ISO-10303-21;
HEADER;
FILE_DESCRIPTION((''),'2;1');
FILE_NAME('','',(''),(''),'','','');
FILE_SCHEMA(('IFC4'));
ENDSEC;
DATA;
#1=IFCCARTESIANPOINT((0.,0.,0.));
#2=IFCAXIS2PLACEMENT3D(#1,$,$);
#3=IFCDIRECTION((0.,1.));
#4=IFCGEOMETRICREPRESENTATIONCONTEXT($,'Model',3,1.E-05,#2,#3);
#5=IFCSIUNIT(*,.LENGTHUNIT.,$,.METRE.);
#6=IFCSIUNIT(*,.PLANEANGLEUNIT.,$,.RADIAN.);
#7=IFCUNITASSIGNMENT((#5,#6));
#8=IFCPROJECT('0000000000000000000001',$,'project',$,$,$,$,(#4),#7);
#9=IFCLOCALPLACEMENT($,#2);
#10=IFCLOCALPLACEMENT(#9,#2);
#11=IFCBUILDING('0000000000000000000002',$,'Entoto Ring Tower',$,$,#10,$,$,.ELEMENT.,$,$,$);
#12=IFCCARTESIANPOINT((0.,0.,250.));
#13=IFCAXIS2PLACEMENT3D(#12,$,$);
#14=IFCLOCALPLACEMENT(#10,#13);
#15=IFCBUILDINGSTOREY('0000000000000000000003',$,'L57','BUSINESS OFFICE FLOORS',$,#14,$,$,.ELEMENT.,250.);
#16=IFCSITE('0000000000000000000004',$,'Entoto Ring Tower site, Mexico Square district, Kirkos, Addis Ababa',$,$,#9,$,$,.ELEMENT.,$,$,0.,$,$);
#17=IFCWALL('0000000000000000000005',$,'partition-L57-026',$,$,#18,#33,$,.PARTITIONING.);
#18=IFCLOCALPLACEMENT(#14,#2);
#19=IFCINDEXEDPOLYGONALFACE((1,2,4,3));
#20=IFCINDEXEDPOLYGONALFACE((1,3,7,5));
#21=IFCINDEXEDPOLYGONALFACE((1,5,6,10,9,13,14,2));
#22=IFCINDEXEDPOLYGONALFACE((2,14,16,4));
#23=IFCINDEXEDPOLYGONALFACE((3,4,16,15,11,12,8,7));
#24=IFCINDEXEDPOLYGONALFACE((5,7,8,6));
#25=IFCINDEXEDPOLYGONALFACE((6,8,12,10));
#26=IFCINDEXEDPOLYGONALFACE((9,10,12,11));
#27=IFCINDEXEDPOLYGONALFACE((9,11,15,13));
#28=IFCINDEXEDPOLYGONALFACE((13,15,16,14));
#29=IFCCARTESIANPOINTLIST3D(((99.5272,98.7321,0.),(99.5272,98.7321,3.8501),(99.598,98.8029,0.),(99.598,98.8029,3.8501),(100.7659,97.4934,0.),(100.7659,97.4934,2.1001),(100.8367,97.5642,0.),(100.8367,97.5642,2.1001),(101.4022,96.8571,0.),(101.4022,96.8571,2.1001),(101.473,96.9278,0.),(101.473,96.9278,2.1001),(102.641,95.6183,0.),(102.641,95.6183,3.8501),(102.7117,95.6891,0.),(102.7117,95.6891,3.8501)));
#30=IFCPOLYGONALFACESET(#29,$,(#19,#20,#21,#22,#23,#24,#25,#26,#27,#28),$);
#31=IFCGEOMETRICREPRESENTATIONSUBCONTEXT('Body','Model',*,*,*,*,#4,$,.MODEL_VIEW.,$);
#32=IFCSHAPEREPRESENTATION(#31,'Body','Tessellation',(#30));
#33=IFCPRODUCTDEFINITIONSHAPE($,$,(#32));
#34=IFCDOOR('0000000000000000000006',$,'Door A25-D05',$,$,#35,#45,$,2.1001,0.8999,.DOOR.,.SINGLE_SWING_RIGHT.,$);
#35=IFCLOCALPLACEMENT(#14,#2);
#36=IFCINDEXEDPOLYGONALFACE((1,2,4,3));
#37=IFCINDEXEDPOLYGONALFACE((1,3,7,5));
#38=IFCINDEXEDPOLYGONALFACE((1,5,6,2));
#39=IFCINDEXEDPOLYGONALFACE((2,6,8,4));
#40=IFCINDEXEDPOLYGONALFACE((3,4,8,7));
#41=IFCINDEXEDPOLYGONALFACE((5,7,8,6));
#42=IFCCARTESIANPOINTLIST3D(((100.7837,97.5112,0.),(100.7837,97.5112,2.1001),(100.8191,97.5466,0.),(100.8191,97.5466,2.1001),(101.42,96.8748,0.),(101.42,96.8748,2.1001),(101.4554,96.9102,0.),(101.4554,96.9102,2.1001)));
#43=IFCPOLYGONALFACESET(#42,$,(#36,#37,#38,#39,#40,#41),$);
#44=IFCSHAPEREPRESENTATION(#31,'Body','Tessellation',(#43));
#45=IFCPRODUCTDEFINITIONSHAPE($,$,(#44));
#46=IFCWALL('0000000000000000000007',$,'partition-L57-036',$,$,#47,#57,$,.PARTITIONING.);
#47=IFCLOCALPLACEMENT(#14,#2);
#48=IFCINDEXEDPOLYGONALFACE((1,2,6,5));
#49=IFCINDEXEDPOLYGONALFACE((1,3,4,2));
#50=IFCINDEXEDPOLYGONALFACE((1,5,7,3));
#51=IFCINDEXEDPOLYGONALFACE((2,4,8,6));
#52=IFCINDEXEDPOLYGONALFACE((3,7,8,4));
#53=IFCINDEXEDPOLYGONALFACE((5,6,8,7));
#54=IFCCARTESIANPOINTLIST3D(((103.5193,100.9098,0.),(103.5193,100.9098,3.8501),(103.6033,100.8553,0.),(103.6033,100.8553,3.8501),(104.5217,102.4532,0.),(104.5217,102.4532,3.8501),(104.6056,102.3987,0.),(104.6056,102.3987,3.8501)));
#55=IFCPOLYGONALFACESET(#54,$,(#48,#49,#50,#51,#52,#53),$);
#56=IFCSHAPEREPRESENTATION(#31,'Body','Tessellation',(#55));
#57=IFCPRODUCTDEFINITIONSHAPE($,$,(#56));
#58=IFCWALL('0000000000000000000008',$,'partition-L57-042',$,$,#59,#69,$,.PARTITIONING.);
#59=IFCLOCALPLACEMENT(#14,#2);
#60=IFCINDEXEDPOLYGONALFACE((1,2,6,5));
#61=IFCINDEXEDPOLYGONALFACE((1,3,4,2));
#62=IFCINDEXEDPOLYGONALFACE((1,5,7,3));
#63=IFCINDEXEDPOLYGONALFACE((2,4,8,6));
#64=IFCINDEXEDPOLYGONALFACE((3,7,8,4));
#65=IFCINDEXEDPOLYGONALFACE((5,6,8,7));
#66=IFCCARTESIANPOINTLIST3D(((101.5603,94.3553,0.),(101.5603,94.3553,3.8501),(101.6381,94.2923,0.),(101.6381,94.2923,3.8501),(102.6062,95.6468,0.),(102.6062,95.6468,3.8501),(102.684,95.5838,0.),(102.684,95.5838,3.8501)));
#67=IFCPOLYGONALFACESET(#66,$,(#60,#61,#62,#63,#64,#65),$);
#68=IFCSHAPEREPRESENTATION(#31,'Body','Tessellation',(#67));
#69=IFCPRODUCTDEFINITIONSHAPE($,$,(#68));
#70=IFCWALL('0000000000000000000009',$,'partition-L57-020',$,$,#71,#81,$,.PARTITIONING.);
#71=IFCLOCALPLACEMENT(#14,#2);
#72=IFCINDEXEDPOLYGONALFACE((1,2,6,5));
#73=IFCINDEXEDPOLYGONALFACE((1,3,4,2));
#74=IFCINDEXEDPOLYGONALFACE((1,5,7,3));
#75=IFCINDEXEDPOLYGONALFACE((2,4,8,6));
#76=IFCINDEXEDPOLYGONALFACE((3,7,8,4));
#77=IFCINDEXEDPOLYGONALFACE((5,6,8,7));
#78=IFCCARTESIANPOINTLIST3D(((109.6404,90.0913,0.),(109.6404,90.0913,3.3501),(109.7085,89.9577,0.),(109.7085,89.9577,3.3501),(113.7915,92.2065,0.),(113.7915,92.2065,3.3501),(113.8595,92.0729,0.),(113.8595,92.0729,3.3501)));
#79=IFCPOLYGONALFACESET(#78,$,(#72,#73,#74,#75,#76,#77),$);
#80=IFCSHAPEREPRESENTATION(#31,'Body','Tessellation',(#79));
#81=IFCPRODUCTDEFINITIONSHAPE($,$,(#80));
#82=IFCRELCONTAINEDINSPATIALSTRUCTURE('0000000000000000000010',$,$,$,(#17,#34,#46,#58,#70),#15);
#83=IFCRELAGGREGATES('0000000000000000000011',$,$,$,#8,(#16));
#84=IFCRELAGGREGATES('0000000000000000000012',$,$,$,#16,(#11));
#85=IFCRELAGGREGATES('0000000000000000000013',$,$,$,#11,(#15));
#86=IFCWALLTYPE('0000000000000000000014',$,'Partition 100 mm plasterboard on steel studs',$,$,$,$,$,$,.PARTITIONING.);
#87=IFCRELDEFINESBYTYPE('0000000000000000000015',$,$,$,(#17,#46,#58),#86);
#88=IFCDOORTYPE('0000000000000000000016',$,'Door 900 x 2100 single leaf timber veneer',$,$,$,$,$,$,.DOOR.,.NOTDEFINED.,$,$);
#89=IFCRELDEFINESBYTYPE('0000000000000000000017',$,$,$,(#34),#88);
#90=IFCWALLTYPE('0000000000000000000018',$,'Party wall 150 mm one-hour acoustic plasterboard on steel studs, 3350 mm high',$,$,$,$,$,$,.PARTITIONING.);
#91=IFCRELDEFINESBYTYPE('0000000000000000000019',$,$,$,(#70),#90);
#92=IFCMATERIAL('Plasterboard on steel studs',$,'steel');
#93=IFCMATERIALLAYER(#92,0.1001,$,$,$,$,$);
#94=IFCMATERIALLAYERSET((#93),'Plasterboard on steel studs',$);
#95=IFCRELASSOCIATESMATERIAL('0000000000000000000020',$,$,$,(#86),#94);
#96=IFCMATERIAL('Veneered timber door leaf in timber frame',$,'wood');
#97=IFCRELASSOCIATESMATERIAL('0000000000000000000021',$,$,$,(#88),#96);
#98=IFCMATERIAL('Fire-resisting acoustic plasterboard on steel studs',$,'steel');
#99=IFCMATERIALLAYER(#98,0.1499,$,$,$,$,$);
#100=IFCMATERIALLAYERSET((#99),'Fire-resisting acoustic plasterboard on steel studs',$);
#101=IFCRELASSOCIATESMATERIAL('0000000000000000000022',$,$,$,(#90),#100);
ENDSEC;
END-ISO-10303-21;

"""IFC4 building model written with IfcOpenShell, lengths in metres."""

from ifc_helpers import new_model, si_unit, direction, frame, frame_2d, origin, place, context, subcontext, project, spatial, rectangle, extrude, material, layer, layer_set, type_object, element, fill, save


model = new_model("IFC4")

# Units and contexts
model_context = context("Model", 3, precision=1e-05, world=origin(), true_north=direction((0.0, 1.0)))
body_context = subcontext(model_context, "Body", "Model", "MODEL_VIEW")
ifc_project = project(units=[si_unit("LENGTHUNIT", "METRE"), si_unit("PLANEANGLEUNIT", "RADIAN")], contexts=[model_context])

# Site, building, storey
site_placement = place(None, origin())
site = spatial("IfcSite", under=ifc_project, at=site_placement, Name="Entoto Ring Tower site, Mexico Square district, Kirkos, Addis Ababa", CompositionType="ELEMENT", RefElevation=0.0)
building_placement = place(site_placement, origin())
building = spatial("IfcBuilding", under=site, at=building_placement, Name="Entoto Ring Tower", CompositionType="ELEMENT")
storey_placement = place(building_placement, frame((0.0, 0.0, 250.0)))
storey = spatial("IfcBuildingStorey", under=building, at=storey_placement, Name="L57", Description="BUSINESS OFFICE FLOORS", CompositionType="ELEMENT", Elevation=250.0)

# Wall, opening, door
ifc_material_1 = material(Name="Plasterboard on steel studs", Category="steel")
ifc_layer_1 = layer(ifc_material_1, 0.1001)
ifc_layer_set_1 = layer_set([ifc_layer_1], Name="Plasterboard on steel studs")
wall_type_1 = type_object("IfcWallType", Name="Partition 100 mm plasterboard on steel studs", PredefinedType="PARTITIONING", material=ifc_layer_set_1)
ifc_material_2 = material(Name="Veneered timber door leaf in timber frame", Category="wood")
door_type_1 = type_object("IfcDoorType", Name="Door 900 x 2100 single leaf timber veneer", OperationType="NOTDEFINED", PredefinedType="DOOR", material=ifc_material_2)
wall_1_placement = place(storey_placement, frame((102.6763, 95.6538, 0.0), z_axis=(0.0, 0.0, 1.0), x_axis=(-0.707107, 0.707107, 0.0)))
wall_1 = element("IfcWall", 1, at=wall_1_placement, inside=storey, type_object=wall_type_1, Name="partition-L57-026", PredefinedType="PARTITIONING", context=body_context, shape_type="SweptSolid", body=[
    extrude(rectangle(XDim=4.4036, YDim=0.1001, at=frame_2d((2.2017, 0.0))), origin(), (0.0, 0.0, 1.0), 3.8501),
])
opening_1_placement = place(wall_1_placement, frame((1.7517, 0.0, 0.0)))
opening_1 = element("IfcOpeningElement", 2, at=opening_1_placement, cuts=wall_1, PredefinedType="OPENING", context=body_context, shape_type="SweptSolid", body=[
    extrude(rectangle(XDim=0.8999, YDim=2.1001, at=frame_2d((0.45, 1.05))), frame((0.0, 0.0601, 0.0), z_axis=(0.0, -1.0, 0.0), x_axis=(1.0, 0.0, 0.0)), (0.0, 0.0, 1.0), 0.1201),
])
door_1_placement = place(opening_1_placement, origin())
door_1 = element("IfcDoor", 3, at=door_1_placement, inside=storey, type_object=door_type_1, Name="Door A25-D05", OperationType="SINGLE_SWING_RIGHT", OverallHeight=2.1001, OverallWidth=0.8999, PredefinedType="DOOR", context=body_context, shape_type="SweptSolid", body=[
    extrude(rectangle(XDim=0.8999, YDim=2.1001, at=frame_2d((0.45, 1.05))), frame((0.0, 0.0249, 0.0), z_axis=(0.0, -1.0, 0.0), x_axis=(1.0, 0.0, 0.0)), (0.0, 0.0, 1.0), 0.05),
])
fill(opening_1, door_1)

# Walls
wall_2_placement = place(storey_placement, frame((103.5613, 100.8826, 0.0), z_axis=(0.0, 0.0, 1.0), x_axis=(0.544681, 0.838644, 0.0)))
element("IfcWall", 4, at=wall_2_placement, inside=storey, type_object=wall_type_1, Name="partition-L57-036", PredefinedType="PARTITIONING", context=body_context, shape_type="SweptSolid", body=[
    extrude(rectangle(XDim=1.8403, YDim=0.1001, at=frame_2d((0.9202, 0.0))), origin(), (0.0, 0.0, 1.0), 3.8501),
])
wall_3_placement = place(storey_placement, frame((101.5991, 94.3237, 0.0), z_axis=(0.0, 0.0, 1.0), x_axis=(0.629342, 0.777129, 0.0)))
element("IfcWall", 5, at=wall_3_placement, inside=storey, type_object=wall_type_1, Name="partition-L57-042", PredefinedType="PARTITIONING", context=body_context, shape_type="SweptSolid", body=[
    extrude(rectangle(XDim=1.6619, YDim=0.1001, at=frame_2d((0.8311, 0.0))), origin(), (0.0, 0.0, 1.0), 3.8501),
])
ifc_material_3 = material(Name="Fire-resisting acoustic plasterboard on steel studs", Category="steel")
ifc_layer_2 = layer(ifc_material_3, 0.1499)
ifc_layer_set_2 = layer_set([ifc_layer_2], Name="Fire-resisting acoustic plasterboard on steel studs")
wall_type_2 = type_object("IfcWallType", Name="Party wall 150 mm one-hour acoustic plasterboard on steel studs, 3350 mm high", PredefinedType="PARTITIONING", material=ifc_layer_set_2)
wall_4_placement = place(storey_placement, frame((109.6743, 90.0244, 0.0), z_axis=(0.0, 0.0, 1.0), x_axis=(0.890995, 0.454013, 0.0)))
element("IfcWall", 6, at=wall_4_placement, inside=storey, type_object=wall_type_2, Name="partition-L57-020", PredefinedType="PARTITIONING", context=body_context, shape_type="SweptSolid", body=[
    extrude(rectangle(XDim=4.6589, YDim=0.1499, at=frame_2d((2.3296, 0.0))), origin(), (0.0, 0.0, 1.0), 3.3501),
])

save(model, "model.ifc")
